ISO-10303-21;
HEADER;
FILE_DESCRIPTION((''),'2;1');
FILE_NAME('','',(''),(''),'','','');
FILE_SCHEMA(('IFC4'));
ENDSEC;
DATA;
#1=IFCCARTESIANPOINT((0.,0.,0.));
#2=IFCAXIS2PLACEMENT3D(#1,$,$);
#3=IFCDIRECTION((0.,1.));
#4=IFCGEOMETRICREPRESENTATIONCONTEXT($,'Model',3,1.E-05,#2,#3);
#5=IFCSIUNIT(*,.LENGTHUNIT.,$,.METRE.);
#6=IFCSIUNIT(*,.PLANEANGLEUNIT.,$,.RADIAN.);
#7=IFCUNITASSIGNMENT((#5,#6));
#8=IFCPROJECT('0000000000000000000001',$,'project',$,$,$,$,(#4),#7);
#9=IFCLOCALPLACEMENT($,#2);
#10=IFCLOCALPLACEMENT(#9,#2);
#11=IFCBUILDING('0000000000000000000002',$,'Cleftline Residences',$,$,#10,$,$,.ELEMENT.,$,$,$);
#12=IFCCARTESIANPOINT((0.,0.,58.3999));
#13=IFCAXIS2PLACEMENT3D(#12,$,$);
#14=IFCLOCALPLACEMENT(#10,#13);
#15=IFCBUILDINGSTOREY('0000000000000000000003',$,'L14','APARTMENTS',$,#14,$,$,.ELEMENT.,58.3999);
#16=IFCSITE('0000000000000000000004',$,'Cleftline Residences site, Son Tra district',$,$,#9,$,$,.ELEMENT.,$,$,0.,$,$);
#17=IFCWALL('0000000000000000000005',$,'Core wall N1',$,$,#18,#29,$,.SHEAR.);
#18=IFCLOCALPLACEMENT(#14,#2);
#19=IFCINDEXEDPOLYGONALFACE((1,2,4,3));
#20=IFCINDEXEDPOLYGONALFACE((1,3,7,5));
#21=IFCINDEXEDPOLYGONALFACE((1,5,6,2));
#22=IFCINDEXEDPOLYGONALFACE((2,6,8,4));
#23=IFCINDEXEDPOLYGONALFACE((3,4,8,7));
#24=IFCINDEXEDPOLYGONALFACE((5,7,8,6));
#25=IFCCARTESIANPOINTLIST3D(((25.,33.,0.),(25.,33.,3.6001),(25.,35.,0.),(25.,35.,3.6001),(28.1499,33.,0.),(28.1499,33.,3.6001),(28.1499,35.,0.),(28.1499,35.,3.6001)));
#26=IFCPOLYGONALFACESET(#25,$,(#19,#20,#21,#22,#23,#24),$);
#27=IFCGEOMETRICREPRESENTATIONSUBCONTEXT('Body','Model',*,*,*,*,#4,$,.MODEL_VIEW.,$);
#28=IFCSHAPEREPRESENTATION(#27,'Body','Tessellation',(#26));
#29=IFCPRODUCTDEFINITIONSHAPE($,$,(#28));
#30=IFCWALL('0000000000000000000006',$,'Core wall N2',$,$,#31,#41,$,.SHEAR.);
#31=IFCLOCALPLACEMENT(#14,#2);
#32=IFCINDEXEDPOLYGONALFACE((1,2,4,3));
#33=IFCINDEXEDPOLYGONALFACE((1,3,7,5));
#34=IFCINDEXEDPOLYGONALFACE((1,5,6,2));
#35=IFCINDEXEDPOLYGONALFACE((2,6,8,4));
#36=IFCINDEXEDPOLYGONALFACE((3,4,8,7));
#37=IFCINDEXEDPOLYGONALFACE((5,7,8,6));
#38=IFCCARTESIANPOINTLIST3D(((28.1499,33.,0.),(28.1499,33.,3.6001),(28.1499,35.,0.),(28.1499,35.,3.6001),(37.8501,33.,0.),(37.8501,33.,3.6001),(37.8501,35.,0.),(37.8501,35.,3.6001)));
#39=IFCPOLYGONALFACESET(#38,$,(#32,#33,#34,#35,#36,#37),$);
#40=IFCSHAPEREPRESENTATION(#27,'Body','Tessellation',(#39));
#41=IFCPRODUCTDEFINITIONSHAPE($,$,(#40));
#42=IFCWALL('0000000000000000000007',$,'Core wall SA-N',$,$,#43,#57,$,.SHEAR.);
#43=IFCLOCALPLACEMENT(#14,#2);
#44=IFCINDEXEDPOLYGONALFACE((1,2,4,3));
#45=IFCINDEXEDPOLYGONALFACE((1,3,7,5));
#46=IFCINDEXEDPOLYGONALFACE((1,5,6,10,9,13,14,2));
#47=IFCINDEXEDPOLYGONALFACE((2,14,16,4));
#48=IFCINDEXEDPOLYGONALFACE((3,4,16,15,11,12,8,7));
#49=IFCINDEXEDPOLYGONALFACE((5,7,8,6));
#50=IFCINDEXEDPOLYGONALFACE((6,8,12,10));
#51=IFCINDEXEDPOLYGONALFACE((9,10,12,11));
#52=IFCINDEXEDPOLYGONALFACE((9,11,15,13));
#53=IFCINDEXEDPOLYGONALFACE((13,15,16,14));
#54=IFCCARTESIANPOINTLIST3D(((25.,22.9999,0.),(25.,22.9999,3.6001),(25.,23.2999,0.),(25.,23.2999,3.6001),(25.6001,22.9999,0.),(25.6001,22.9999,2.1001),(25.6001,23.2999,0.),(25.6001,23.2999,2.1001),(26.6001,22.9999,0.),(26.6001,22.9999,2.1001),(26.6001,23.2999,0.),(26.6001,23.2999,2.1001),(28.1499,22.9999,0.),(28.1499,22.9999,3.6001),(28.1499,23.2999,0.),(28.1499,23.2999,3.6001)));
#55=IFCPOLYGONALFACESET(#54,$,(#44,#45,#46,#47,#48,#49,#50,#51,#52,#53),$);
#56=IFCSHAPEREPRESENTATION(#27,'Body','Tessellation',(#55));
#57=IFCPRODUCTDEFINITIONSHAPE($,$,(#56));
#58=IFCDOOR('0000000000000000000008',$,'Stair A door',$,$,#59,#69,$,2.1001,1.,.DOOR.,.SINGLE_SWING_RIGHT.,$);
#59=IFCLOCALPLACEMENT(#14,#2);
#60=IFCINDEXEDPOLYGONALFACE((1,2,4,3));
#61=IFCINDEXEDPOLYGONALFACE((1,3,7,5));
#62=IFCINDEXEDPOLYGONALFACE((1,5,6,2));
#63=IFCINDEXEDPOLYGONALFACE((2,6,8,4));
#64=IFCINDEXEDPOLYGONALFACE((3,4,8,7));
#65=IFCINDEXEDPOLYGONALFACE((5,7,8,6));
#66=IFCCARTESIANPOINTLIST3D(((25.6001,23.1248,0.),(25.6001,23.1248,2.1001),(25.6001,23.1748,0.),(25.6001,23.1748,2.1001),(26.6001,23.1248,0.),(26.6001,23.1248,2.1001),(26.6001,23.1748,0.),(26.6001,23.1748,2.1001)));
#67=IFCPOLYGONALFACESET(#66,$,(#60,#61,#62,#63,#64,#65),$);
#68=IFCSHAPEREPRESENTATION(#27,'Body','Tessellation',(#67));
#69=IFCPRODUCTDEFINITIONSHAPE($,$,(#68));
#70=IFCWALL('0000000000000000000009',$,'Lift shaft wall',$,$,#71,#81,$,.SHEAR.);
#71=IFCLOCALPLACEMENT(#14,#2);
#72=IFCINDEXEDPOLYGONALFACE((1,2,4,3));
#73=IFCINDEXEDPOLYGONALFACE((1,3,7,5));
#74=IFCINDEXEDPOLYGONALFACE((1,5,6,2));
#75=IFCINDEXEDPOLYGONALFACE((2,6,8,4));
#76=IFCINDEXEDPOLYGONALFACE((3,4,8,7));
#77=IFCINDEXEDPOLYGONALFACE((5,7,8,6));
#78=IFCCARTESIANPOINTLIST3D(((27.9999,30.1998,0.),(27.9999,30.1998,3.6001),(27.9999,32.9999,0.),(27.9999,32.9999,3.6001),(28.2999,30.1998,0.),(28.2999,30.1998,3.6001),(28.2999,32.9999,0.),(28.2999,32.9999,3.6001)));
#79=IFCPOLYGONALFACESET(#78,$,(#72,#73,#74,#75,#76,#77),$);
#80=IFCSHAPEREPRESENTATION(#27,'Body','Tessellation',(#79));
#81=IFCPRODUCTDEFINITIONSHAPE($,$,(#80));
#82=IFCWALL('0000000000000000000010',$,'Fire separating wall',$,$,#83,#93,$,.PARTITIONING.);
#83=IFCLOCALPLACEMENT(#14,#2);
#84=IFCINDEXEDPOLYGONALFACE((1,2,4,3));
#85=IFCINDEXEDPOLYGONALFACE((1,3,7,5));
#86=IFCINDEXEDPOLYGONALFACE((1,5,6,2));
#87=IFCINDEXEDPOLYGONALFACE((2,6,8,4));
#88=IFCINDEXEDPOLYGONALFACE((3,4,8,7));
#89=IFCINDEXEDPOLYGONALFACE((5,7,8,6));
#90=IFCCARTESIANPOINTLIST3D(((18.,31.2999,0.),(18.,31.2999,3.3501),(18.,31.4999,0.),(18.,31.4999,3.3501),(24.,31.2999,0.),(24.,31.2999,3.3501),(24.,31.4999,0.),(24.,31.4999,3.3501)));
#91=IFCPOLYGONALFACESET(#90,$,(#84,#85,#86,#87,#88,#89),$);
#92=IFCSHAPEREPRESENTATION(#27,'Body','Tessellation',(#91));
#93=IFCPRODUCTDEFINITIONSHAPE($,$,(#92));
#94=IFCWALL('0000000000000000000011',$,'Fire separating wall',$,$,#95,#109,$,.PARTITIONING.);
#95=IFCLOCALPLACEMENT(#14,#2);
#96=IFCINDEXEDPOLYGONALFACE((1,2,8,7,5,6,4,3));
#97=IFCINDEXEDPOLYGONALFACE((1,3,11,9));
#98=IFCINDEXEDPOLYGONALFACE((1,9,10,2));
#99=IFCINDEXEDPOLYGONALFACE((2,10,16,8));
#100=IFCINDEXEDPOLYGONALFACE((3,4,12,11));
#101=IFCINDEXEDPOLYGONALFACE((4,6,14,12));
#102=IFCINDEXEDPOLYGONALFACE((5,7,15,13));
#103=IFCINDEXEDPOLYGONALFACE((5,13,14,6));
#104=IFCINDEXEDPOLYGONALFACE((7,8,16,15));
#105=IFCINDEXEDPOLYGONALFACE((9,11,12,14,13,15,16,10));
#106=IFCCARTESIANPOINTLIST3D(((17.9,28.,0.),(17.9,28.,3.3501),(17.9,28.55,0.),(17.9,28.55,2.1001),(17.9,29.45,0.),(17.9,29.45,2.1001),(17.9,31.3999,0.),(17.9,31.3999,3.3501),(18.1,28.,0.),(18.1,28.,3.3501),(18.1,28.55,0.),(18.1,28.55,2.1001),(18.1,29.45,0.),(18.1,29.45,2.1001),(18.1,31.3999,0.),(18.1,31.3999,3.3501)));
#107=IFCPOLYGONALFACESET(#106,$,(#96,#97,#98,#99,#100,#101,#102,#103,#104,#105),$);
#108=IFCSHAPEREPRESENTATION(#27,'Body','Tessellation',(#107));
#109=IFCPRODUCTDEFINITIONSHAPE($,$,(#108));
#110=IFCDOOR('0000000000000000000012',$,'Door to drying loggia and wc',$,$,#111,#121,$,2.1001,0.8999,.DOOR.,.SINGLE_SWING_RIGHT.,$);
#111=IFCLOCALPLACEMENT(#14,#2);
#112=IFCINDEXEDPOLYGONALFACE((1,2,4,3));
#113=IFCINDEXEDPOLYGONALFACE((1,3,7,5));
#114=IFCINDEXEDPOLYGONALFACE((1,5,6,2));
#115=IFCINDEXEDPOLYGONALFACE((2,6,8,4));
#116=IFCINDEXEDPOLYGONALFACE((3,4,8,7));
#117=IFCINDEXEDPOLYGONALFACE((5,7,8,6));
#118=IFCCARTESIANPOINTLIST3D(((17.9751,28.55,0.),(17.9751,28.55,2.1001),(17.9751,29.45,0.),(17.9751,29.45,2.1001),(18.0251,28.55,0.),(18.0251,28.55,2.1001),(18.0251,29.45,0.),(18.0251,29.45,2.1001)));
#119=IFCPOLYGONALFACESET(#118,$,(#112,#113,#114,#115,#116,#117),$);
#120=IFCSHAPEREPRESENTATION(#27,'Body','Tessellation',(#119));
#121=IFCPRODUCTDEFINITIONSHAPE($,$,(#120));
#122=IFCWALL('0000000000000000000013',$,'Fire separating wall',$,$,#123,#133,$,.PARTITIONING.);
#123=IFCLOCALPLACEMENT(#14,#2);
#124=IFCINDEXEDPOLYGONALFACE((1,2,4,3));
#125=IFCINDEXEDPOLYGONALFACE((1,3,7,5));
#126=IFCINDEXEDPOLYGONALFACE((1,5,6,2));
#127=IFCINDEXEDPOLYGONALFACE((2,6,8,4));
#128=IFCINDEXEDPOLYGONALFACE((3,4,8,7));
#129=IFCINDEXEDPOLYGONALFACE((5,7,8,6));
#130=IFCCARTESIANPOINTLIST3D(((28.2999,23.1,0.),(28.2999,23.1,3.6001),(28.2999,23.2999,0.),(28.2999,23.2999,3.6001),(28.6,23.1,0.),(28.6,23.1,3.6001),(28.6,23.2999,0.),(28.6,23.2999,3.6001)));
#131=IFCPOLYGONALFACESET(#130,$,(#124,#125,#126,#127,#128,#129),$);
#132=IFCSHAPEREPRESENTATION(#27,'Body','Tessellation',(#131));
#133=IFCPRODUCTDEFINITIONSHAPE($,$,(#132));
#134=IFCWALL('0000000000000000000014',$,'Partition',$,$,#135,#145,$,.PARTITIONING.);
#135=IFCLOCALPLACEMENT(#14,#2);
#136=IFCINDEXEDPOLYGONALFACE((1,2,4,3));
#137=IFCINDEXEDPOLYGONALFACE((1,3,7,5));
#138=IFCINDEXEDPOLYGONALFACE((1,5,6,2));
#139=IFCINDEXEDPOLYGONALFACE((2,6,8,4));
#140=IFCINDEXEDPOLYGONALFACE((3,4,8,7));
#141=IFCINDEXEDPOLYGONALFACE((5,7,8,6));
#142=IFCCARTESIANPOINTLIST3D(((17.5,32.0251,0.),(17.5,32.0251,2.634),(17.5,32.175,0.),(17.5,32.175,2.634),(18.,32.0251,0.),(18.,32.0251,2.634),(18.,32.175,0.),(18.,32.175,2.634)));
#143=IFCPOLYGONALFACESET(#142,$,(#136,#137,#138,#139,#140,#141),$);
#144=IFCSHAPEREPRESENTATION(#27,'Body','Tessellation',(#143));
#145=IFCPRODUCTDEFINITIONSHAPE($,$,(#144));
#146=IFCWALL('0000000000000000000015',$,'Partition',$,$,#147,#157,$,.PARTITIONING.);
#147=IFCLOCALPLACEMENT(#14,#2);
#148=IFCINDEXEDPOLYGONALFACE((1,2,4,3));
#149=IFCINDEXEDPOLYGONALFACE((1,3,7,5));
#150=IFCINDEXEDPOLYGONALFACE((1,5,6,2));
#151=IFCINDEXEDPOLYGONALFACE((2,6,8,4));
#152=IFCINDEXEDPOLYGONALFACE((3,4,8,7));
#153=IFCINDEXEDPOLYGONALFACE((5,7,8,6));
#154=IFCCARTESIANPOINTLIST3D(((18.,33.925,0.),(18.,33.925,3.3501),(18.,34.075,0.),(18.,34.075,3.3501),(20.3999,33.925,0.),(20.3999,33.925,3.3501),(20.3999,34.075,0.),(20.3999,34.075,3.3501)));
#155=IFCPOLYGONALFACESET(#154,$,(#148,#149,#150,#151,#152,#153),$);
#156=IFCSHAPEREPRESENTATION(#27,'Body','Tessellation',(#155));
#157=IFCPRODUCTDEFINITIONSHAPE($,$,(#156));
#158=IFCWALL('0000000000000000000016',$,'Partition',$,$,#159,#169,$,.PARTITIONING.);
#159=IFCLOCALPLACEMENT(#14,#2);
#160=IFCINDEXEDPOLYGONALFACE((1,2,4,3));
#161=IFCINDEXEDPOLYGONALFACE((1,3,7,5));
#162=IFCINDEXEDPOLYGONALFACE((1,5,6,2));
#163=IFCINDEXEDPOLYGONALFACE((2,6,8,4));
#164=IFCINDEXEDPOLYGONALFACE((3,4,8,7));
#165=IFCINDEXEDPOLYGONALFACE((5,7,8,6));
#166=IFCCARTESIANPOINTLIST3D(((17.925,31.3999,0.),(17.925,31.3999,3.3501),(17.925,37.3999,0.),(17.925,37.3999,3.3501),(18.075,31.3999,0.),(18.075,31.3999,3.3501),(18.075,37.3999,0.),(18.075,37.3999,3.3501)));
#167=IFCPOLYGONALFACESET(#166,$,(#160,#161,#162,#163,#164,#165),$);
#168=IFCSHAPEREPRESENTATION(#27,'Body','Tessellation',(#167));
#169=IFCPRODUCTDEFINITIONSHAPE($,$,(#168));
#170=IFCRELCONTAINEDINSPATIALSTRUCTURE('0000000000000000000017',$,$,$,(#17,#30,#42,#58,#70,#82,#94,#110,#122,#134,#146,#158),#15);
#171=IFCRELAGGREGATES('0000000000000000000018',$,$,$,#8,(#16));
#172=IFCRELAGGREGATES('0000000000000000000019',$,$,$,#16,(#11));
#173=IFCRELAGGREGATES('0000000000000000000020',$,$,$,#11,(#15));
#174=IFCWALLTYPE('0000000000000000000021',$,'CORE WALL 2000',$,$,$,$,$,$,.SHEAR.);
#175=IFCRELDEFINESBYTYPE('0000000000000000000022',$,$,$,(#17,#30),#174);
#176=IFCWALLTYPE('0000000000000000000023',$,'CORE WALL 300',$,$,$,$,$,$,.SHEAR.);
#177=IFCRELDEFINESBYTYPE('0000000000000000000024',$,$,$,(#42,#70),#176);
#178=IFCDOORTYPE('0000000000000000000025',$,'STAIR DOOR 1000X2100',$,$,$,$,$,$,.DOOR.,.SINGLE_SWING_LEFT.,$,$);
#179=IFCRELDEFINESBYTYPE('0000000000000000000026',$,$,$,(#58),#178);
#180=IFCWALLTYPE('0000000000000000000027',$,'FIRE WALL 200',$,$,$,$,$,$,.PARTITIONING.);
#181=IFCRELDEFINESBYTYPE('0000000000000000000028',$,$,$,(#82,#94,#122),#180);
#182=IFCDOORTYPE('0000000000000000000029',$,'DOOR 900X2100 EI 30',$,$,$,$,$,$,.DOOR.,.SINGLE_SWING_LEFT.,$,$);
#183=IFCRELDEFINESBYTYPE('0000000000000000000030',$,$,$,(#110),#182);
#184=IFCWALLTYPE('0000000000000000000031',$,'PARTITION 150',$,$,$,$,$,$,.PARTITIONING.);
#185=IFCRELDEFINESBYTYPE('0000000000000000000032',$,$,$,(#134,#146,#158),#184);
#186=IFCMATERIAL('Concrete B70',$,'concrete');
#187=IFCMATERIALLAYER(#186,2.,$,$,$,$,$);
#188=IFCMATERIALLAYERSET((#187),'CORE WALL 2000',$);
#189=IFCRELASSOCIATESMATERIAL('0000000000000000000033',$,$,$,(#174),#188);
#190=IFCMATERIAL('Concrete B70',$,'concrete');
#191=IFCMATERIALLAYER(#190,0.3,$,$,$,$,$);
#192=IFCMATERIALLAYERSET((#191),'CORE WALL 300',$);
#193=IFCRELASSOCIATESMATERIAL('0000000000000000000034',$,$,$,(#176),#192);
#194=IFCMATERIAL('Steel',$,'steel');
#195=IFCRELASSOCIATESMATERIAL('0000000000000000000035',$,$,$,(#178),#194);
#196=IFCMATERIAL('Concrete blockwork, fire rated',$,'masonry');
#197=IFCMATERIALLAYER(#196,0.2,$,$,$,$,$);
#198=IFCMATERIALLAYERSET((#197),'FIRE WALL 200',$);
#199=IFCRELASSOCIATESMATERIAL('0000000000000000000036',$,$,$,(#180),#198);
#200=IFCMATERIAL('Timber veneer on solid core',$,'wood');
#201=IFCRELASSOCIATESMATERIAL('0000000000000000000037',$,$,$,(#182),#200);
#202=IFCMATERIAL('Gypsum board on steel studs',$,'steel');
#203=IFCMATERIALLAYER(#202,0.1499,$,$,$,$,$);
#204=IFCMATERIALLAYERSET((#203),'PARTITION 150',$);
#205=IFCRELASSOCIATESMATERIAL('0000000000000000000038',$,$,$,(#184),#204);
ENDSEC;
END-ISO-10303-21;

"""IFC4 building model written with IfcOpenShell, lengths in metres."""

from ifc_helpers import new_model, si_unit, direction, frame, frame_2d, origin, place, context, subcontext, project, spatial, rectangle, extrude, material, layer, layer_set, type_object, element, fill, save


model = new_model("IFC4")

# Units and contexts
model_context = context("Model", 3, precision=1e-05, world=origin(), true_north=direction((0.0, 1.0)))
body_context = subcontext(model_context, "Body", "Model", "MODEL_VIEW")
ifc_project = project(units=[si_unit("LENGTHUNIT", "METRE"), si_unit("PLANEANGLEUNIT", "RADIAN")], contexts=[model_context])

# Site, building, storey
site_placement = place(None, origin())
site = spatial("IfcSite", under=ifc_project, at=site_placement, Name="Cleftline Residences site, Son Tra district", CompositionType="ELEMENT", RefElevation=0.0)
building_placement = place(site_placement, origin())
building = spatial("IfcBuilding", under=site, at=building_placement, Name="Cleftline Residences", CompositionType="ELEMENT")
storey_placement = place(building_placement, frame((0.0, 0.0, 58.3999)))
storey = spatial("IfcBuildingStorey", under=building, at=storey_placement, Name="L14", Description="APARTMENTS", CompositionType="ELEMENT", Elevation=58.3999)

# Walls
ifc_material_1 = material(Name="Concrete B70", Category="concrete")
ifc_layer_1 = layer(ifc_material_1, 2.0)
ifc_layer_set_1 = layer_set([ifc_layer_1], Name="CORE WALL 2000")
wall_type_1 = type_object("IfcWallType", Name="CORE WALL 2000", PredefinedType="SHEAR", material=ifc_layer_set_1)
wall_1_placement = place(storey_placement, frame((25.0, 34.0, 0.0), z_axis=(0.0, 0.0, 1.0), x_axis=(1.0, 0.0, 0.0)))
element("IfcWall", 1, at=wall_1_placement, inside=storey, type_object=wall_type_1, Name="Core wall N1", PredefinedType="SHEAR", context=body_context, shape_type="SweptSolid", body=[
    extrude(rectangle(XDim=3.1499, YDim=2.0, at=frame_2d((1.575, 0.0))), origin(), (0.0, 0.0, 1.0), 3.6001),
])
wall_2_placement = place(storey_placement, frame((28.1499, 34.0, 0.0), z_axis=(0.0, 0.0, 1.0), x_axis=(1.0, 0.0, 0.0)))
element("IfcWall", 2, at=wall_2_placement, inside=storey, type_object=wall_type_1, Name="Core wall N2", PredefinedType="SHEAR", context=body_context, shape_type="SweptSolid", body=[
    extrude(rectangle(XDim=9.7002, YDim=2.0, at=frame_2d((4.8501, 0.0))), origin(), (0.0, 0.0, 1.0), 3.6001),
])

# Wall, opening, door
ifc_material_2 = material(Name="Concrete B70", Category="concrete")
ifc_layer_2 = layer(ifc_material_2, 0.3)
ifc_layer_set_2 = layer_set([ifc_layer_2], Name="CORE WALL 300")
wall_type_2 = type_object("IfcWallType", Name="CORE WALL 300", PredefinedType="SHEAR", material=ifc_layer_set_2)
wall_3_placement = place(storey_placement, frame((25.0, 23.1499, 0.0), z_axis=(0.0, 0.0, 1.0), x_axis=(1.0, 0.0, 0.0)))
wall_3 = element("IfcWall", 3, at=wall_3_placement, inside=storey, type_object=wall_type_2, Name="Core wall SA-N", PredefinedType="SHEAR", context=body_context, shape_type="SweptSolid", body=[
    extrude(rectangle(XDim=3.1499, YDim=0.3, at=frame_2d((1.575, 0.0))), origin(), (0.0, 0.0, 1.0), 3.6001),
])
opening_1_placement = place(wall_3_placement, frame((0.6001, 0.0, 0.0)))
opening_1 = element("IfcOpeningElement", 4, at=opening_1_placement, cuts=wall_3, PredefinedType="OPENING", context=body_context, shape_type="SweptSolid", body=[
    extrude(rectangle(XDim=1.0, YDim=2.1001, at=frame_2d((0.5, 1.05))), frame((0.0, 0.1599, 0.0), z_axis=(0.0, -1.0, 0.0), x_axis=(1.0, 0.0, 0.0)), (0.0, 0.0, 1.0), 0.3201),
])
ifc_material_3 = material(Name="Steel", Category="steel")
door_type_1 = type_object("IfcDoorType", Name="STAIR DOOR 1000X2100", OperationType="SINGLE_SWING_LEFT", PredefinedType="DOOR", material=ifc_material_3)
door_1_placement = place(opening_1_placement, origin())
door_1 = element("IfcDoor", 5, at=door_1_placement, inside=storey, type_object=door_type_1, Name="Stair A door", OperationType="SINGLE_SWING_RIGHT", OverallHeight=2.1001, OverallWidth=1.0, PredefinedType="DOOR", context=body_context, shape_type="SweptSolid", body=[
    extrude(rectangle(XDim=1.0, YDim=2.1001, at=frame_2d((0.5, 1.05))), frame((0.0, 0.0249, 0.0), z_axis=(0.0, -1.0, 0.0), x_axis=(1.0, 0.0, 0.0)), (0.0, 0.0, 1.0), 0.05),
])
fill(opening_1, door_1)

# Walls
wall_4_placement = place(storey_placement, frame((28.1499, 30.2, 0.0), z_axis=(0.0, 0.0, 1.0), x_axis=(0.0, 1.0, 0.0)))
element("IfcWall", 6, at=wall_4_placement, inside=storey, type_object=wall_type_2, Name="Lift shaft wall", PredefinedType="SHEAR", context=body_context, shape_type="SweptSolid", body=[
    extrude(rectangle(XDim=2.8, YDim=0.3, at=frame_2d((1.3999, 0.0))), origin(), (0.0, 0.0, 1.0), 3.6001),
])
ifc_material_4 = material(Name="Concrete blockwork, fire rated", Category="masonry")
ifc_layer_3 = layer(ifc_material_4, 0.2)
ifc_layer_set_3 = layer_set([ifc_layer_3], Name="FIRE WALL 200")
wall_type_3 = type_object("IfcWallType", Name="FIRE WALL 200", PredefinedType="PARTITIONING", material=ifc_layer_set_3)
wall_5_placement = place(storey_placement, frame((18.0, 31.3999, 0.0), z_axis=(0.0, 0.0, 1.0), x_axis=(1.0, 0.0, 0.0)))
element("IfcWall", 7, at=wall_5_placement, inside=storey, type_object=wall_type_3, Name="Fire separating wall", PredefinedType="PARTITIONING", context=body_context, shape_type="SweptSolid", body=[
    extrude(rectangle(XDim=6.0, YDim=0.2, at=frame_2d((3.0, 0.0))), origin(), (0.0, 0.0, 1.0), 3.3501),
])

# Wall, opening, door
wall_6_placement = place(storey_placement, frame((18.0, 28.0, 0.0), z_axis=(0.0, 0.0, 1.0), x_axis=(0.0, 1.0, 0.0)))
wall_6 = element("IfcWall", 8, at=wall_6_placement, inside=storey, type_object=wall_type_3, Name="Fire separating wall", PredefinedType="PARTITIONING", context=body_context, shape_type="SweptSolid", body=[
    extrude(rectangle(XDim=3.3999, YDim=0.2, at=frame_2d((1.7, 0.0))), origin(), (0.0, 0.0, 1.0), 3.3501),
])
opening_2_placement = place(wall_6_placement, frame((0.55, 0.0, 0.0)))
opening_2 = element("IfcOpeningElement", 9, at=opening_2_placement, cuts=wall_6, PredefinedType="OPENING", context=body_context, shape_type="SweptSolid", body=[
    extrude(rectangle(XDim=0.8999, YDim=2.1001, at=frame_2d((0.45, 1.05))), frame((0.0, 0.1099, 0.0), z_axis=(0.0, -1.0, 0.0), x_axis=(1.0, 0.0, 0.0)), (0.0, 0.0, 1.0), 0.22),
])
ifc_material_5 = material(Name="Timber veneer on solid core", Category="wood")
door_type_2 = type_object("IfcDoorType", Name="DOOR 900X2100 EI 30", OperationType="SINGLE_SWING_LEFT", PredefinedType="DOOR", material=ifc_material_5)
door_2_placement = place(opening_2_placement, origin())
door_2 = element("IfcDoor", 10, at=door_2_placement, inside=storey, type_object=door_type_2, Name="Door to drying loggia and wc", OperationType="SINGLE_SWING_RIGHT", OverallHeight=2.1001, OverallWidth=0.8999, PredefinedType="DOOR", context=body_context, shape_type="SweptSolid", body=[
    extrude(rectangle(XDim=0.8999, YDim=2.1001, at=frame_2d((0.45, 1.05))), frame((0.0, 0.0249, 0.0), z_axis=(0.0, -1.0, 0.0), x_axis=(1.0, 0.0, 0.0)), (0.0, 0.0, 1.0), 0.05),
])
fill(opening_2, door_2)

# Walls
wall_7_placement = place(storey_placement, frame((28.3, 23.2, 0.0), z_axis=(0.0, 0.0, 1.0), x_axis=(1.0, 0.0, 0.0)))
element("IfcWall", 11, at=wall_7_placement, inside=storey, type_object=wall_type_3, Name="Fire separating wall", PredefinedType="PARTITIONING", context=body_context, shape_type="SweptSolid", body=[
    extrude(rectangle(XDim=0.3, YDim=0.2, at=frame_2d((0.1499, 0.0))), origin(), (0.0, 0.0, 1.0), 3.6001),
])
ifc_material_6 = material(Name="Gypsum board on steel studs", Category="steel")
ifc_layer_4 = layer(ifc_material_6, 0.1499)
ifc_layer_set_4 = layer_set([ifc_layer_4], Name="PARTITION 150")
wall_type_4 = type_object("IfcWallType", Name="PARTITION 150", PredefinedType="PARTITIONING", material=ifc_layer_set_4)
wall_8_placement = place(storey_placement, frame((17.5, 32.1001, 0.0), z_axis=(0.0, 0.0, 1.0), x_axis=(1.0, 0.0, 0.0)))
element("IfcWall", 12, at=wall_8_placement, inside=storey, type_object=wall_type_4, Name="Partition", PredefinedType="PARTITIONING", context=body_context, shape_type="SweptSolid", body=[
    extrude(rectangle(XDim=0.5, YDim=0.1499, at=frame_2d((0.25, 0.0))), origin(), (0.0, 0.0, 1.0), 2.634),
])
wall_9_placement = place(storey_placement, frame((18.0, 34.0, 0.0), z_axis=(0.0, 0.0, 1.0), x_axis=(1.0, 0.0, 0.0)))
element("IfcWall", 13, at=wall_9_placement, inside=storey, type_object=wall_type_4, Name="Partition", PredefinedType="PARTITIONING", context=body_context, shape_type="SweptSolid", body=[
    extrude(rectangle(XDim=2.3999, YDim=0.1499, at=frame_2d((1.2, 0.0))), origin(), (0.0, 0.0, 1.0), 3.3501),
])
wall_10_placement = place(storey_placement, frame((18.0, 31.3999, 0.0), z_axis=(0.0, 0.0, 1.0), x_axis=(0.0, 1.0, 0.0)))
element("IfcWall", 14, at=wall_10_placement, inside=storey, type_object=wall_type_4, Name="Partition", PredefinedType="PARTITIONING", context=body_context, shape_type="SweptSolid", body=[
    extrude(rectangle(XDim=6.0, YDim=0.1499, at=frame_2d((3.0, 0.0))), origin(), (0.0, 0.0, 1.0), 3.3501),
])

save(model, "model.ifc")
